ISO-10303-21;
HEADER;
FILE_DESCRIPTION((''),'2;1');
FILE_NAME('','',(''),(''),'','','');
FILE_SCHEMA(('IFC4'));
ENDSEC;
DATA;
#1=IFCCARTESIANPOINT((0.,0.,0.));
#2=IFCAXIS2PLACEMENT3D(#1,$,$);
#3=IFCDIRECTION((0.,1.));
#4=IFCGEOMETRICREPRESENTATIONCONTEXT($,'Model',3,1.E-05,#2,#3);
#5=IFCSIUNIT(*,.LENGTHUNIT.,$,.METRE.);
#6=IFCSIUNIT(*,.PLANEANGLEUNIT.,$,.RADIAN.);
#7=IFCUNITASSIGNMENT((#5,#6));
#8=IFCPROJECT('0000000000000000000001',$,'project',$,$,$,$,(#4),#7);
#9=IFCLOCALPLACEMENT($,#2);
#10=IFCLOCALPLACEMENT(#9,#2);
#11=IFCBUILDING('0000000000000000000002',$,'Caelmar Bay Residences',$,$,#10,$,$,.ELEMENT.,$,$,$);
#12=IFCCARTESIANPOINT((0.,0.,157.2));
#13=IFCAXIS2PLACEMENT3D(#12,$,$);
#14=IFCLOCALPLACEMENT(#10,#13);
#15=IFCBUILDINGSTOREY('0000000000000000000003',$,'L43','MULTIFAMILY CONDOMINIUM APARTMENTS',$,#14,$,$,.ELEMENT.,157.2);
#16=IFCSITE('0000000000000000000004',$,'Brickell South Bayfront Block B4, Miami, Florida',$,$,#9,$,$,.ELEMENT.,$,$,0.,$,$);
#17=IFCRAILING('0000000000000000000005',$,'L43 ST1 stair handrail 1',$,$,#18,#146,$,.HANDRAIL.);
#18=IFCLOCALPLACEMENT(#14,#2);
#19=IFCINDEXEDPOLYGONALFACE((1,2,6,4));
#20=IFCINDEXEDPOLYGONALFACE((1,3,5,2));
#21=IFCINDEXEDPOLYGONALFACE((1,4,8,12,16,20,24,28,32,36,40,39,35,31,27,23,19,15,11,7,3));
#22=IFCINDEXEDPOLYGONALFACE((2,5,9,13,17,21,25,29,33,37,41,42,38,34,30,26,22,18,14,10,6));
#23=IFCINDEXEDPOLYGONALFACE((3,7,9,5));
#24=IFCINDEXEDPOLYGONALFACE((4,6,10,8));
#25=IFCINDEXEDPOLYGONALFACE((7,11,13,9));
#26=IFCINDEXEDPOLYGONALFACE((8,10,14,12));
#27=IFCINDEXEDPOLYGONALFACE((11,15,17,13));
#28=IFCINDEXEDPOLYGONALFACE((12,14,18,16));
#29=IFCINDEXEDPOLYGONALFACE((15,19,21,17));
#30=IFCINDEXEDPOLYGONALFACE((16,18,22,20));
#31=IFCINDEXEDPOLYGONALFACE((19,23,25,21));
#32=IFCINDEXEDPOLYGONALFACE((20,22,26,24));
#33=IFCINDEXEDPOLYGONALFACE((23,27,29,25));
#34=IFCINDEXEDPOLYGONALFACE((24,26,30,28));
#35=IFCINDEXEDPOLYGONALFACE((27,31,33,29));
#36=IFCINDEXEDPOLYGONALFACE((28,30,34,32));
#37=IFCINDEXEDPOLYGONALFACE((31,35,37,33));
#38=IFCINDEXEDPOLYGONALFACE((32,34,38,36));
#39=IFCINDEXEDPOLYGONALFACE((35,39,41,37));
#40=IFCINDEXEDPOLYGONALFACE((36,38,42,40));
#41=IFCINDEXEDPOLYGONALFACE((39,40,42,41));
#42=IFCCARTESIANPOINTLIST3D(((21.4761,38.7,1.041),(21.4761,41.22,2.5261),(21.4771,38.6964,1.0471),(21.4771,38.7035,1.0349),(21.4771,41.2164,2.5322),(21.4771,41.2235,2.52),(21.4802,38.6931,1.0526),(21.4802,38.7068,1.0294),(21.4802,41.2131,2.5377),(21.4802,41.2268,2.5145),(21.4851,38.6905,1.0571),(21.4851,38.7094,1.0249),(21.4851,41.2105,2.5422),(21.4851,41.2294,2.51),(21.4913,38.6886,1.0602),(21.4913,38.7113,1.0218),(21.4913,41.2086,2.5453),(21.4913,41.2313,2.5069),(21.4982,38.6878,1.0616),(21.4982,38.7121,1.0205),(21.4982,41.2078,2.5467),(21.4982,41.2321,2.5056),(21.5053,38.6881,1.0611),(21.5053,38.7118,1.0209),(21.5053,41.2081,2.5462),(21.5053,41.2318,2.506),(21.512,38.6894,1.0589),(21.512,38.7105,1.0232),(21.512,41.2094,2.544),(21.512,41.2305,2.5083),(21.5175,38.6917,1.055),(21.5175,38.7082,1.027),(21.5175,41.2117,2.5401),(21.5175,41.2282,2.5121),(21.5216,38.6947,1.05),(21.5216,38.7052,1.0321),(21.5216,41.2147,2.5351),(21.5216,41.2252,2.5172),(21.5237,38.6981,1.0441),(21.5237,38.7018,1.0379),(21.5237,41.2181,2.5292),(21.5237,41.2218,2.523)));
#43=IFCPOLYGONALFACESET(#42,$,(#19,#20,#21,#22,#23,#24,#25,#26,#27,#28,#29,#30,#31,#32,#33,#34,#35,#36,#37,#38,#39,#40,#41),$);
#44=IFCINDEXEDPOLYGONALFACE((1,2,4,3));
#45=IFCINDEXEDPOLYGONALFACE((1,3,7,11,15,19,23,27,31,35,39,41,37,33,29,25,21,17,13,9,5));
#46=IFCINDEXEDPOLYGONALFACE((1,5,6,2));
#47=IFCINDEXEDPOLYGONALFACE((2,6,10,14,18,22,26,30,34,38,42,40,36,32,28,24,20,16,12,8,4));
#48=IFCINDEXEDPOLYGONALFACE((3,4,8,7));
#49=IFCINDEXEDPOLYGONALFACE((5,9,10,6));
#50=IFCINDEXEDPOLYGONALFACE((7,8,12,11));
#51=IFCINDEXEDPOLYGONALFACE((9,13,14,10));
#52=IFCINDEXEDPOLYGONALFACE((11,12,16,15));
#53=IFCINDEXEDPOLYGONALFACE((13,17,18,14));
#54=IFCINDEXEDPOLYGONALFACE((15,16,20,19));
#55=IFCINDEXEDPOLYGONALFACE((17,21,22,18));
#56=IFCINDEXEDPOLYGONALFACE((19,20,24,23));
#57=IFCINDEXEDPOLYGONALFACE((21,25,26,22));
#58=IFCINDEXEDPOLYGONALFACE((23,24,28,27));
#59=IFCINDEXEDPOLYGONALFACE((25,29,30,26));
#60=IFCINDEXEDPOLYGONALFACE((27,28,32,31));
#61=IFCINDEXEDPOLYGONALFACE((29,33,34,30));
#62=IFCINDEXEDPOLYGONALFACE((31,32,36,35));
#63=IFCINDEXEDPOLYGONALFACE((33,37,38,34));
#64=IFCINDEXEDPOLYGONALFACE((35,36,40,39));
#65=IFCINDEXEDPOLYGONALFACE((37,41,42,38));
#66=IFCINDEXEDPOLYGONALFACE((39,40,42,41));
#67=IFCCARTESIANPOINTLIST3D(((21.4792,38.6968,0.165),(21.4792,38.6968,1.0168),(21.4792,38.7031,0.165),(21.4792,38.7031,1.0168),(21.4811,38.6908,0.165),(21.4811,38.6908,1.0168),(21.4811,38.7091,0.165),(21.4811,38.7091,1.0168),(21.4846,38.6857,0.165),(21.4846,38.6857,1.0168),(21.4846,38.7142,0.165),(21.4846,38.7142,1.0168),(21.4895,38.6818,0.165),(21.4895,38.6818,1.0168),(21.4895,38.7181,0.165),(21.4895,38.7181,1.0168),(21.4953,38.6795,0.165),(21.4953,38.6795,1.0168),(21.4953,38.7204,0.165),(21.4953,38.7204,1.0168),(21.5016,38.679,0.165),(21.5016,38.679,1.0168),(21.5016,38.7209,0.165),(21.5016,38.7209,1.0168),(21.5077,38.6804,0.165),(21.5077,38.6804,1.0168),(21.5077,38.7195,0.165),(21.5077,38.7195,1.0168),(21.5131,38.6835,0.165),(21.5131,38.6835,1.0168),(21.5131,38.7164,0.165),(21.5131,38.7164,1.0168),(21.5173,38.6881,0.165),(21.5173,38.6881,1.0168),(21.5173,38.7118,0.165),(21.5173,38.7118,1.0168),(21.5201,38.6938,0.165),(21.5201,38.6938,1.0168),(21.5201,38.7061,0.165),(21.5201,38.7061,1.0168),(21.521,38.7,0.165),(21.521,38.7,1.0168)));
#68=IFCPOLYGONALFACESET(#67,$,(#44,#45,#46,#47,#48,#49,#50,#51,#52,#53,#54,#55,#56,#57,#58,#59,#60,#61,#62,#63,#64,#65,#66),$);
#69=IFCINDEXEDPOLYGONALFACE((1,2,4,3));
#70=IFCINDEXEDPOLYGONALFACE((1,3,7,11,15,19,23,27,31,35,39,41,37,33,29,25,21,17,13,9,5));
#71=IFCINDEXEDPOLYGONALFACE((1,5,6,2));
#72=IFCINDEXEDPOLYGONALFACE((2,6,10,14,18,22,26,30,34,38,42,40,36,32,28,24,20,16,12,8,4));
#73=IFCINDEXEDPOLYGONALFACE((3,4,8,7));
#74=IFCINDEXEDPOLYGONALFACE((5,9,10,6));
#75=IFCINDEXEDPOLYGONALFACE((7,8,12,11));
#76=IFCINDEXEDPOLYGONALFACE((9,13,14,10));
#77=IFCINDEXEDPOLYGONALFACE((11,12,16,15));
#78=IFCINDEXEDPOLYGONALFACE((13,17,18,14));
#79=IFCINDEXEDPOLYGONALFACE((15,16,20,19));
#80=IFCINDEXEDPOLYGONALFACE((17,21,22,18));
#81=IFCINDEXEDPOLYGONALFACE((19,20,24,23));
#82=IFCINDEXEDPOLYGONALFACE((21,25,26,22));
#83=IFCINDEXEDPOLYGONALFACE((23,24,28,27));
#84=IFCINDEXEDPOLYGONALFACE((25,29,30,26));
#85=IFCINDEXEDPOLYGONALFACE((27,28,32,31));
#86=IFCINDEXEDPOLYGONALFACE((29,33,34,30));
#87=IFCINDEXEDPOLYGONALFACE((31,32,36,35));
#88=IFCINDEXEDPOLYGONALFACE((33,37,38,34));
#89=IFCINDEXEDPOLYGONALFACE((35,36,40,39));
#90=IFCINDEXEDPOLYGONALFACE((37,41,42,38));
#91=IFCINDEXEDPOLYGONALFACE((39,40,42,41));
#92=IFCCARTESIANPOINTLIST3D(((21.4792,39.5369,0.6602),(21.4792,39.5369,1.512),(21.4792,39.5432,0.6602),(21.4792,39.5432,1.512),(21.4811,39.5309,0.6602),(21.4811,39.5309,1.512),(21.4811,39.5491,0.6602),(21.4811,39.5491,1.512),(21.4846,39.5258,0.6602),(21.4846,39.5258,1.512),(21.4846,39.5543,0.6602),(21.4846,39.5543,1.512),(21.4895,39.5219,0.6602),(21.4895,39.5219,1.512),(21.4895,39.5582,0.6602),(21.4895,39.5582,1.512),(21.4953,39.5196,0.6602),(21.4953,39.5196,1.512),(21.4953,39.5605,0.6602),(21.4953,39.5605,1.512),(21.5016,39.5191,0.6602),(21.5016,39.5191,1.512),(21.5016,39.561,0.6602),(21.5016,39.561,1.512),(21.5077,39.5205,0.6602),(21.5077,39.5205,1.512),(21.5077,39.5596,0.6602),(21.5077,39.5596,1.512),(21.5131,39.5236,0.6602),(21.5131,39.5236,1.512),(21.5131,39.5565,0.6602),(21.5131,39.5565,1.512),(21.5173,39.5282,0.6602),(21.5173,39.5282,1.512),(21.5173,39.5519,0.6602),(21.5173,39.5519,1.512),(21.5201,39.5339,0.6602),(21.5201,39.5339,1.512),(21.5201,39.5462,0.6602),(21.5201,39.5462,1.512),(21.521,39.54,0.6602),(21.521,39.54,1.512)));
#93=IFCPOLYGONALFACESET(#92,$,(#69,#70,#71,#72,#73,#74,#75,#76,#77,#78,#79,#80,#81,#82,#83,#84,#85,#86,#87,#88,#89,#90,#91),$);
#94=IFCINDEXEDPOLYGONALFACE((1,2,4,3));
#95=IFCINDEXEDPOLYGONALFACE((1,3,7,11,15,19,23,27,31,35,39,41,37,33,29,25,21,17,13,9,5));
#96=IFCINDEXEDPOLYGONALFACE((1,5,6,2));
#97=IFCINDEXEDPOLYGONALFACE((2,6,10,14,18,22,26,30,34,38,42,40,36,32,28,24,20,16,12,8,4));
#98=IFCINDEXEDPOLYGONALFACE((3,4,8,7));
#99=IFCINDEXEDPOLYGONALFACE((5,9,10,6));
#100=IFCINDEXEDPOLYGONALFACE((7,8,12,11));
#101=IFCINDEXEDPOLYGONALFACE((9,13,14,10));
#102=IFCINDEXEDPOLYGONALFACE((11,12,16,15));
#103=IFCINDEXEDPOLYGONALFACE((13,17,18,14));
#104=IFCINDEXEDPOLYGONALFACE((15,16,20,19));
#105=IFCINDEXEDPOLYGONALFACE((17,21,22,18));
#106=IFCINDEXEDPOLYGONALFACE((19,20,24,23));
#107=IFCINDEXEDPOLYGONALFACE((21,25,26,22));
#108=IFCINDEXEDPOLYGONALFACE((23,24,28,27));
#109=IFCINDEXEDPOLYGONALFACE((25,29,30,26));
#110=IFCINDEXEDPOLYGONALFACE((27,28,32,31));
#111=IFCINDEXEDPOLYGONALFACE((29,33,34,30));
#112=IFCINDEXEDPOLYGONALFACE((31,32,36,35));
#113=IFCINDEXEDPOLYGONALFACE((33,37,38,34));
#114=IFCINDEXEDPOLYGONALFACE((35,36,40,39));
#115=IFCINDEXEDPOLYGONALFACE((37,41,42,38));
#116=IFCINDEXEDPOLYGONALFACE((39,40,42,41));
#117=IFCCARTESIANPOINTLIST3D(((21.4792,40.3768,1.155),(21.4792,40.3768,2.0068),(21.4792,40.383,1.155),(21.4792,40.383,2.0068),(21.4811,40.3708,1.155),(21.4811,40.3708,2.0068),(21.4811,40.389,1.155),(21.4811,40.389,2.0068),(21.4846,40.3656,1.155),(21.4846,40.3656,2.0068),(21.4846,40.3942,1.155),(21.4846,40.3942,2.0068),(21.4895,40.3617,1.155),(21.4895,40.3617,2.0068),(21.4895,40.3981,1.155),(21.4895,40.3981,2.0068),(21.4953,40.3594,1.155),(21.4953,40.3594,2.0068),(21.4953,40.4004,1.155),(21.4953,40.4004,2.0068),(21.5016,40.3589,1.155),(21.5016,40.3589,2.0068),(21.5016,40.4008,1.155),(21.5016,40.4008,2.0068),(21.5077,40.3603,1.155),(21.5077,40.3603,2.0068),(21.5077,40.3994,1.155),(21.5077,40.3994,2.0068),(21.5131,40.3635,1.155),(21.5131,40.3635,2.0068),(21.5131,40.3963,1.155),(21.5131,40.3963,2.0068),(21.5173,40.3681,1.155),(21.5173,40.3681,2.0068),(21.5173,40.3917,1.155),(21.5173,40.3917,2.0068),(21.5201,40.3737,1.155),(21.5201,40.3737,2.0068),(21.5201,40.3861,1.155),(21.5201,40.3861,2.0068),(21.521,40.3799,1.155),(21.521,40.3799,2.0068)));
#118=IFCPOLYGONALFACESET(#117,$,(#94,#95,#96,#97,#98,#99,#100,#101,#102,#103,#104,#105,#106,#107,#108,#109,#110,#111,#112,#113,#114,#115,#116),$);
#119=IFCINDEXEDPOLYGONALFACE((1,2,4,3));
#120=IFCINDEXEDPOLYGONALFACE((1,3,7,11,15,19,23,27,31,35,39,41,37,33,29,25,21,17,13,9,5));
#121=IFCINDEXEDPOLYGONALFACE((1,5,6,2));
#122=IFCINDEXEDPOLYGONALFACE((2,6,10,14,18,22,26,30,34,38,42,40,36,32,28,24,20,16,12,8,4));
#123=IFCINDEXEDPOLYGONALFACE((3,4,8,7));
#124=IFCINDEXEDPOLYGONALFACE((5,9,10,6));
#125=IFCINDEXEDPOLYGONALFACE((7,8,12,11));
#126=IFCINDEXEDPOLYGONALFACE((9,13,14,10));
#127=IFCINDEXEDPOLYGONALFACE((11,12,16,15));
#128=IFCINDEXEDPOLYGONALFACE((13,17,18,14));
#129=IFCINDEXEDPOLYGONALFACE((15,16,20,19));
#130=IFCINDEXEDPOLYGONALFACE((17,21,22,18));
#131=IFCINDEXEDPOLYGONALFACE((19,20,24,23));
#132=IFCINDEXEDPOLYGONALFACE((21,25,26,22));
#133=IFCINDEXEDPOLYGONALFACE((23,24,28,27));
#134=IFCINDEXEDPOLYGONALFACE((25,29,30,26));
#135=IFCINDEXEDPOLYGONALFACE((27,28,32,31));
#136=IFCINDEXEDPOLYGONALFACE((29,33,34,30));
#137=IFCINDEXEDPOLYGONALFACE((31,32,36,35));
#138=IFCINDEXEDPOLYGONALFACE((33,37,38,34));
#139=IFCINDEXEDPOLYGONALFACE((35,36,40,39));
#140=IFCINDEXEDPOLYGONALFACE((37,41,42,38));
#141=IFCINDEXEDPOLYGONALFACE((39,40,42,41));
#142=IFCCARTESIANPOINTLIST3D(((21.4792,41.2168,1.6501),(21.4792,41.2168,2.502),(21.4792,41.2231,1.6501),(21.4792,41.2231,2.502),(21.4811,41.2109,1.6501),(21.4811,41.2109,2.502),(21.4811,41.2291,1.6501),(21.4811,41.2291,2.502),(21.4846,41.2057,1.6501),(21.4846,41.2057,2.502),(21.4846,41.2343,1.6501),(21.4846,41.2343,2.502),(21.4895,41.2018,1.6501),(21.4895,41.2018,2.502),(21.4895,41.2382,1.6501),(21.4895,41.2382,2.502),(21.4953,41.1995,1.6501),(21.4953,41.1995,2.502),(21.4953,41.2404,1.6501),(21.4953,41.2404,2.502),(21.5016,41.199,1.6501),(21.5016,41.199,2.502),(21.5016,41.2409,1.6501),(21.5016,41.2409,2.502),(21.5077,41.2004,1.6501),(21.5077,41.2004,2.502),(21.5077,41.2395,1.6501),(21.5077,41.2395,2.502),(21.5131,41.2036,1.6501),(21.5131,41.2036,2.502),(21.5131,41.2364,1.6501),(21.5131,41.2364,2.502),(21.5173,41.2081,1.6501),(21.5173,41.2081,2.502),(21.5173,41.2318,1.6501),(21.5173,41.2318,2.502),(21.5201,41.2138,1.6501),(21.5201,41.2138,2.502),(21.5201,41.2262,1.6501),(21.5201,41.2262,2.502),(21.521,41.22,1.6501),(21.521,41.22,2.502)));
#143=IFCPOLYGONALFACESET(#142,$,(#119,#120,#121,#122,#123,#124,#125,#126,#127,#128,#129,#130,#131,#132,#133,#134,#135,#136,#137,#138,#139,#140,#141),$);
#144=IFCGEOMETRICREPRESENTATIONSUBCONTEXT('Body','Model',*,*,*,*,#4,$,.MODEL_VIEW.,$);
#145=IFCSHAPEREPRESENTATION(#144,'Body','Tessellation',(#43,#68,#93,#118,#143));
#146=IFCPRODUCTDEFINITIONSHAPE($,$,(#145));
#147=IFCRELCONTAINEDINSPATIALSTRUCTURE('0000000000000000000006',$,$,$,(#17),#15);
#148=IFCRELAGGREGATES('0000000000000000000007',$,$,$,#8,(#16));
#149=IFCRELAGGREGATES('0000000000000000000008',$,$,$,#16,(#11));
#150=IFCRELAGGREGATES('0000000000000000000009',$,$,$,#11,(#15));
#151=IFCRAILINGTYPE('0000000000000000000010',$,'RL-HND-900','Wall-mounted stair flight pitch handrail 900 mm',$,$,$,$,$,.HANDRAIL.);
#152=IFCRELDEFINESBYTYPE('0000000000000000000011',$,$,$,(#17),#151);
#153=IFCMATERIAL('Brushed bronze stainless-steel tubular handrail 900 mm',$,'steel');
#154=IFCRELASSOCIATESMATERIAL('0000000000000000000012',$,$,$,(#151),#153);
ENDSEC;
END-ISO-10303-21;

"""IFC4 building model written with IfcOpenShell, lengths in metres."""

from ifc_helpers import new_model, si_unit, direction, frame, origin, origin_2d, place, context, subcontext, project, spatial, circle, extrude, material, type_object, element, save


model = new_model("IFC4")

# Units and contexts
model_context = context("Model", 3, precision=1e-05, world=origin(), true_north=direction((0.0, 1.0)))
body_context = subcontext(model_context, "Body", "Model", "MODEL_VIEW")
ifc_project = project(units=[si_unit("LENGTHUNIT", "METRE"), si_unit("PLANEANGLEUNIT", "RADIAN")], contexts=[model_context])

# Site, building, storey
site_placement = place(None, origin())
site = spatial("IfcSite", under=ifc_project, at=site_placement, Name="Brickell South Bayfront Block B4, Miami, Florida", CompositionType="ELEMENT", RefElevation=0.0)
building_placement = place(site_placement, origin())
building = spatial("IfcBuilding", under=site, at=building_placement, Name="Caelmar Bay Residences", CompositionType="ELEMENT")
storey_placement = place(building_placement, frame((0.0, 0.0, 157.2)))
storey = spatial("IfcBuildingStorey", under=building, at=storey_placement, Name="L43", Description="MULTIFAMILY CONDOMINIUM APARTMENTS", CompositionType="ELEMENT", Elevation=157.2)

# Railing
ifc_material_1 = material(Name="Brushed bronze stainless-steel tubular handrail 900 mm", Category="steel")
railing_type_1 = type_object("IfcRailingType", Name="RL-HND-900", Description="Wall-mounted stair flight pitch handrail 900 mm", PredefinedType="HANDRAIL", material=ifc_material_1)
railing_1_placement = place(storey_placement, frame((21.5, 38.7, 0.165)))
element("IfcRailing", 1, at=railing_1_placement, inside=storey, type_object=railing_type_1, Name="L43 ST1 stair handrail 1", PredefinedType="HANDRAIL", context=body_context, shape_type="SweptSolid", body=[
    extrude(circle(Radius=0.0239, at=origin_2d()), frame((0.0, 0.0, 0.876), z_axis=(0.0, 0.861524, 0.507717), x_axis=(-1.0, 0.0, 0.0)), (0.0, 0.0, 1.0), 2.925),
    extrude(circle(Radius=0.021, at=origin_2d()), origin(), (0.0, 0.0, 1.0), 0.8518),
    extrude(circle(Radius=0.021, at=origin_2d()), frame((0.0, 0.8401, 0.4951)), (0.0, 0.0, 1.0), 0.8518),
    extrude(circle(Radius=0.021, at=origin_2d()), frame((0.0, 1.6799, 0.99)), (0.0, 0.0, 1.0), 0.8518),
    extrude(circle(Radius=0.021, at=origin_2d()), frame((0.0, 2.52, 1.4851)), (0.0, 0.0, 1.0), 0.8518),
])

save(model, "model.ifc")
